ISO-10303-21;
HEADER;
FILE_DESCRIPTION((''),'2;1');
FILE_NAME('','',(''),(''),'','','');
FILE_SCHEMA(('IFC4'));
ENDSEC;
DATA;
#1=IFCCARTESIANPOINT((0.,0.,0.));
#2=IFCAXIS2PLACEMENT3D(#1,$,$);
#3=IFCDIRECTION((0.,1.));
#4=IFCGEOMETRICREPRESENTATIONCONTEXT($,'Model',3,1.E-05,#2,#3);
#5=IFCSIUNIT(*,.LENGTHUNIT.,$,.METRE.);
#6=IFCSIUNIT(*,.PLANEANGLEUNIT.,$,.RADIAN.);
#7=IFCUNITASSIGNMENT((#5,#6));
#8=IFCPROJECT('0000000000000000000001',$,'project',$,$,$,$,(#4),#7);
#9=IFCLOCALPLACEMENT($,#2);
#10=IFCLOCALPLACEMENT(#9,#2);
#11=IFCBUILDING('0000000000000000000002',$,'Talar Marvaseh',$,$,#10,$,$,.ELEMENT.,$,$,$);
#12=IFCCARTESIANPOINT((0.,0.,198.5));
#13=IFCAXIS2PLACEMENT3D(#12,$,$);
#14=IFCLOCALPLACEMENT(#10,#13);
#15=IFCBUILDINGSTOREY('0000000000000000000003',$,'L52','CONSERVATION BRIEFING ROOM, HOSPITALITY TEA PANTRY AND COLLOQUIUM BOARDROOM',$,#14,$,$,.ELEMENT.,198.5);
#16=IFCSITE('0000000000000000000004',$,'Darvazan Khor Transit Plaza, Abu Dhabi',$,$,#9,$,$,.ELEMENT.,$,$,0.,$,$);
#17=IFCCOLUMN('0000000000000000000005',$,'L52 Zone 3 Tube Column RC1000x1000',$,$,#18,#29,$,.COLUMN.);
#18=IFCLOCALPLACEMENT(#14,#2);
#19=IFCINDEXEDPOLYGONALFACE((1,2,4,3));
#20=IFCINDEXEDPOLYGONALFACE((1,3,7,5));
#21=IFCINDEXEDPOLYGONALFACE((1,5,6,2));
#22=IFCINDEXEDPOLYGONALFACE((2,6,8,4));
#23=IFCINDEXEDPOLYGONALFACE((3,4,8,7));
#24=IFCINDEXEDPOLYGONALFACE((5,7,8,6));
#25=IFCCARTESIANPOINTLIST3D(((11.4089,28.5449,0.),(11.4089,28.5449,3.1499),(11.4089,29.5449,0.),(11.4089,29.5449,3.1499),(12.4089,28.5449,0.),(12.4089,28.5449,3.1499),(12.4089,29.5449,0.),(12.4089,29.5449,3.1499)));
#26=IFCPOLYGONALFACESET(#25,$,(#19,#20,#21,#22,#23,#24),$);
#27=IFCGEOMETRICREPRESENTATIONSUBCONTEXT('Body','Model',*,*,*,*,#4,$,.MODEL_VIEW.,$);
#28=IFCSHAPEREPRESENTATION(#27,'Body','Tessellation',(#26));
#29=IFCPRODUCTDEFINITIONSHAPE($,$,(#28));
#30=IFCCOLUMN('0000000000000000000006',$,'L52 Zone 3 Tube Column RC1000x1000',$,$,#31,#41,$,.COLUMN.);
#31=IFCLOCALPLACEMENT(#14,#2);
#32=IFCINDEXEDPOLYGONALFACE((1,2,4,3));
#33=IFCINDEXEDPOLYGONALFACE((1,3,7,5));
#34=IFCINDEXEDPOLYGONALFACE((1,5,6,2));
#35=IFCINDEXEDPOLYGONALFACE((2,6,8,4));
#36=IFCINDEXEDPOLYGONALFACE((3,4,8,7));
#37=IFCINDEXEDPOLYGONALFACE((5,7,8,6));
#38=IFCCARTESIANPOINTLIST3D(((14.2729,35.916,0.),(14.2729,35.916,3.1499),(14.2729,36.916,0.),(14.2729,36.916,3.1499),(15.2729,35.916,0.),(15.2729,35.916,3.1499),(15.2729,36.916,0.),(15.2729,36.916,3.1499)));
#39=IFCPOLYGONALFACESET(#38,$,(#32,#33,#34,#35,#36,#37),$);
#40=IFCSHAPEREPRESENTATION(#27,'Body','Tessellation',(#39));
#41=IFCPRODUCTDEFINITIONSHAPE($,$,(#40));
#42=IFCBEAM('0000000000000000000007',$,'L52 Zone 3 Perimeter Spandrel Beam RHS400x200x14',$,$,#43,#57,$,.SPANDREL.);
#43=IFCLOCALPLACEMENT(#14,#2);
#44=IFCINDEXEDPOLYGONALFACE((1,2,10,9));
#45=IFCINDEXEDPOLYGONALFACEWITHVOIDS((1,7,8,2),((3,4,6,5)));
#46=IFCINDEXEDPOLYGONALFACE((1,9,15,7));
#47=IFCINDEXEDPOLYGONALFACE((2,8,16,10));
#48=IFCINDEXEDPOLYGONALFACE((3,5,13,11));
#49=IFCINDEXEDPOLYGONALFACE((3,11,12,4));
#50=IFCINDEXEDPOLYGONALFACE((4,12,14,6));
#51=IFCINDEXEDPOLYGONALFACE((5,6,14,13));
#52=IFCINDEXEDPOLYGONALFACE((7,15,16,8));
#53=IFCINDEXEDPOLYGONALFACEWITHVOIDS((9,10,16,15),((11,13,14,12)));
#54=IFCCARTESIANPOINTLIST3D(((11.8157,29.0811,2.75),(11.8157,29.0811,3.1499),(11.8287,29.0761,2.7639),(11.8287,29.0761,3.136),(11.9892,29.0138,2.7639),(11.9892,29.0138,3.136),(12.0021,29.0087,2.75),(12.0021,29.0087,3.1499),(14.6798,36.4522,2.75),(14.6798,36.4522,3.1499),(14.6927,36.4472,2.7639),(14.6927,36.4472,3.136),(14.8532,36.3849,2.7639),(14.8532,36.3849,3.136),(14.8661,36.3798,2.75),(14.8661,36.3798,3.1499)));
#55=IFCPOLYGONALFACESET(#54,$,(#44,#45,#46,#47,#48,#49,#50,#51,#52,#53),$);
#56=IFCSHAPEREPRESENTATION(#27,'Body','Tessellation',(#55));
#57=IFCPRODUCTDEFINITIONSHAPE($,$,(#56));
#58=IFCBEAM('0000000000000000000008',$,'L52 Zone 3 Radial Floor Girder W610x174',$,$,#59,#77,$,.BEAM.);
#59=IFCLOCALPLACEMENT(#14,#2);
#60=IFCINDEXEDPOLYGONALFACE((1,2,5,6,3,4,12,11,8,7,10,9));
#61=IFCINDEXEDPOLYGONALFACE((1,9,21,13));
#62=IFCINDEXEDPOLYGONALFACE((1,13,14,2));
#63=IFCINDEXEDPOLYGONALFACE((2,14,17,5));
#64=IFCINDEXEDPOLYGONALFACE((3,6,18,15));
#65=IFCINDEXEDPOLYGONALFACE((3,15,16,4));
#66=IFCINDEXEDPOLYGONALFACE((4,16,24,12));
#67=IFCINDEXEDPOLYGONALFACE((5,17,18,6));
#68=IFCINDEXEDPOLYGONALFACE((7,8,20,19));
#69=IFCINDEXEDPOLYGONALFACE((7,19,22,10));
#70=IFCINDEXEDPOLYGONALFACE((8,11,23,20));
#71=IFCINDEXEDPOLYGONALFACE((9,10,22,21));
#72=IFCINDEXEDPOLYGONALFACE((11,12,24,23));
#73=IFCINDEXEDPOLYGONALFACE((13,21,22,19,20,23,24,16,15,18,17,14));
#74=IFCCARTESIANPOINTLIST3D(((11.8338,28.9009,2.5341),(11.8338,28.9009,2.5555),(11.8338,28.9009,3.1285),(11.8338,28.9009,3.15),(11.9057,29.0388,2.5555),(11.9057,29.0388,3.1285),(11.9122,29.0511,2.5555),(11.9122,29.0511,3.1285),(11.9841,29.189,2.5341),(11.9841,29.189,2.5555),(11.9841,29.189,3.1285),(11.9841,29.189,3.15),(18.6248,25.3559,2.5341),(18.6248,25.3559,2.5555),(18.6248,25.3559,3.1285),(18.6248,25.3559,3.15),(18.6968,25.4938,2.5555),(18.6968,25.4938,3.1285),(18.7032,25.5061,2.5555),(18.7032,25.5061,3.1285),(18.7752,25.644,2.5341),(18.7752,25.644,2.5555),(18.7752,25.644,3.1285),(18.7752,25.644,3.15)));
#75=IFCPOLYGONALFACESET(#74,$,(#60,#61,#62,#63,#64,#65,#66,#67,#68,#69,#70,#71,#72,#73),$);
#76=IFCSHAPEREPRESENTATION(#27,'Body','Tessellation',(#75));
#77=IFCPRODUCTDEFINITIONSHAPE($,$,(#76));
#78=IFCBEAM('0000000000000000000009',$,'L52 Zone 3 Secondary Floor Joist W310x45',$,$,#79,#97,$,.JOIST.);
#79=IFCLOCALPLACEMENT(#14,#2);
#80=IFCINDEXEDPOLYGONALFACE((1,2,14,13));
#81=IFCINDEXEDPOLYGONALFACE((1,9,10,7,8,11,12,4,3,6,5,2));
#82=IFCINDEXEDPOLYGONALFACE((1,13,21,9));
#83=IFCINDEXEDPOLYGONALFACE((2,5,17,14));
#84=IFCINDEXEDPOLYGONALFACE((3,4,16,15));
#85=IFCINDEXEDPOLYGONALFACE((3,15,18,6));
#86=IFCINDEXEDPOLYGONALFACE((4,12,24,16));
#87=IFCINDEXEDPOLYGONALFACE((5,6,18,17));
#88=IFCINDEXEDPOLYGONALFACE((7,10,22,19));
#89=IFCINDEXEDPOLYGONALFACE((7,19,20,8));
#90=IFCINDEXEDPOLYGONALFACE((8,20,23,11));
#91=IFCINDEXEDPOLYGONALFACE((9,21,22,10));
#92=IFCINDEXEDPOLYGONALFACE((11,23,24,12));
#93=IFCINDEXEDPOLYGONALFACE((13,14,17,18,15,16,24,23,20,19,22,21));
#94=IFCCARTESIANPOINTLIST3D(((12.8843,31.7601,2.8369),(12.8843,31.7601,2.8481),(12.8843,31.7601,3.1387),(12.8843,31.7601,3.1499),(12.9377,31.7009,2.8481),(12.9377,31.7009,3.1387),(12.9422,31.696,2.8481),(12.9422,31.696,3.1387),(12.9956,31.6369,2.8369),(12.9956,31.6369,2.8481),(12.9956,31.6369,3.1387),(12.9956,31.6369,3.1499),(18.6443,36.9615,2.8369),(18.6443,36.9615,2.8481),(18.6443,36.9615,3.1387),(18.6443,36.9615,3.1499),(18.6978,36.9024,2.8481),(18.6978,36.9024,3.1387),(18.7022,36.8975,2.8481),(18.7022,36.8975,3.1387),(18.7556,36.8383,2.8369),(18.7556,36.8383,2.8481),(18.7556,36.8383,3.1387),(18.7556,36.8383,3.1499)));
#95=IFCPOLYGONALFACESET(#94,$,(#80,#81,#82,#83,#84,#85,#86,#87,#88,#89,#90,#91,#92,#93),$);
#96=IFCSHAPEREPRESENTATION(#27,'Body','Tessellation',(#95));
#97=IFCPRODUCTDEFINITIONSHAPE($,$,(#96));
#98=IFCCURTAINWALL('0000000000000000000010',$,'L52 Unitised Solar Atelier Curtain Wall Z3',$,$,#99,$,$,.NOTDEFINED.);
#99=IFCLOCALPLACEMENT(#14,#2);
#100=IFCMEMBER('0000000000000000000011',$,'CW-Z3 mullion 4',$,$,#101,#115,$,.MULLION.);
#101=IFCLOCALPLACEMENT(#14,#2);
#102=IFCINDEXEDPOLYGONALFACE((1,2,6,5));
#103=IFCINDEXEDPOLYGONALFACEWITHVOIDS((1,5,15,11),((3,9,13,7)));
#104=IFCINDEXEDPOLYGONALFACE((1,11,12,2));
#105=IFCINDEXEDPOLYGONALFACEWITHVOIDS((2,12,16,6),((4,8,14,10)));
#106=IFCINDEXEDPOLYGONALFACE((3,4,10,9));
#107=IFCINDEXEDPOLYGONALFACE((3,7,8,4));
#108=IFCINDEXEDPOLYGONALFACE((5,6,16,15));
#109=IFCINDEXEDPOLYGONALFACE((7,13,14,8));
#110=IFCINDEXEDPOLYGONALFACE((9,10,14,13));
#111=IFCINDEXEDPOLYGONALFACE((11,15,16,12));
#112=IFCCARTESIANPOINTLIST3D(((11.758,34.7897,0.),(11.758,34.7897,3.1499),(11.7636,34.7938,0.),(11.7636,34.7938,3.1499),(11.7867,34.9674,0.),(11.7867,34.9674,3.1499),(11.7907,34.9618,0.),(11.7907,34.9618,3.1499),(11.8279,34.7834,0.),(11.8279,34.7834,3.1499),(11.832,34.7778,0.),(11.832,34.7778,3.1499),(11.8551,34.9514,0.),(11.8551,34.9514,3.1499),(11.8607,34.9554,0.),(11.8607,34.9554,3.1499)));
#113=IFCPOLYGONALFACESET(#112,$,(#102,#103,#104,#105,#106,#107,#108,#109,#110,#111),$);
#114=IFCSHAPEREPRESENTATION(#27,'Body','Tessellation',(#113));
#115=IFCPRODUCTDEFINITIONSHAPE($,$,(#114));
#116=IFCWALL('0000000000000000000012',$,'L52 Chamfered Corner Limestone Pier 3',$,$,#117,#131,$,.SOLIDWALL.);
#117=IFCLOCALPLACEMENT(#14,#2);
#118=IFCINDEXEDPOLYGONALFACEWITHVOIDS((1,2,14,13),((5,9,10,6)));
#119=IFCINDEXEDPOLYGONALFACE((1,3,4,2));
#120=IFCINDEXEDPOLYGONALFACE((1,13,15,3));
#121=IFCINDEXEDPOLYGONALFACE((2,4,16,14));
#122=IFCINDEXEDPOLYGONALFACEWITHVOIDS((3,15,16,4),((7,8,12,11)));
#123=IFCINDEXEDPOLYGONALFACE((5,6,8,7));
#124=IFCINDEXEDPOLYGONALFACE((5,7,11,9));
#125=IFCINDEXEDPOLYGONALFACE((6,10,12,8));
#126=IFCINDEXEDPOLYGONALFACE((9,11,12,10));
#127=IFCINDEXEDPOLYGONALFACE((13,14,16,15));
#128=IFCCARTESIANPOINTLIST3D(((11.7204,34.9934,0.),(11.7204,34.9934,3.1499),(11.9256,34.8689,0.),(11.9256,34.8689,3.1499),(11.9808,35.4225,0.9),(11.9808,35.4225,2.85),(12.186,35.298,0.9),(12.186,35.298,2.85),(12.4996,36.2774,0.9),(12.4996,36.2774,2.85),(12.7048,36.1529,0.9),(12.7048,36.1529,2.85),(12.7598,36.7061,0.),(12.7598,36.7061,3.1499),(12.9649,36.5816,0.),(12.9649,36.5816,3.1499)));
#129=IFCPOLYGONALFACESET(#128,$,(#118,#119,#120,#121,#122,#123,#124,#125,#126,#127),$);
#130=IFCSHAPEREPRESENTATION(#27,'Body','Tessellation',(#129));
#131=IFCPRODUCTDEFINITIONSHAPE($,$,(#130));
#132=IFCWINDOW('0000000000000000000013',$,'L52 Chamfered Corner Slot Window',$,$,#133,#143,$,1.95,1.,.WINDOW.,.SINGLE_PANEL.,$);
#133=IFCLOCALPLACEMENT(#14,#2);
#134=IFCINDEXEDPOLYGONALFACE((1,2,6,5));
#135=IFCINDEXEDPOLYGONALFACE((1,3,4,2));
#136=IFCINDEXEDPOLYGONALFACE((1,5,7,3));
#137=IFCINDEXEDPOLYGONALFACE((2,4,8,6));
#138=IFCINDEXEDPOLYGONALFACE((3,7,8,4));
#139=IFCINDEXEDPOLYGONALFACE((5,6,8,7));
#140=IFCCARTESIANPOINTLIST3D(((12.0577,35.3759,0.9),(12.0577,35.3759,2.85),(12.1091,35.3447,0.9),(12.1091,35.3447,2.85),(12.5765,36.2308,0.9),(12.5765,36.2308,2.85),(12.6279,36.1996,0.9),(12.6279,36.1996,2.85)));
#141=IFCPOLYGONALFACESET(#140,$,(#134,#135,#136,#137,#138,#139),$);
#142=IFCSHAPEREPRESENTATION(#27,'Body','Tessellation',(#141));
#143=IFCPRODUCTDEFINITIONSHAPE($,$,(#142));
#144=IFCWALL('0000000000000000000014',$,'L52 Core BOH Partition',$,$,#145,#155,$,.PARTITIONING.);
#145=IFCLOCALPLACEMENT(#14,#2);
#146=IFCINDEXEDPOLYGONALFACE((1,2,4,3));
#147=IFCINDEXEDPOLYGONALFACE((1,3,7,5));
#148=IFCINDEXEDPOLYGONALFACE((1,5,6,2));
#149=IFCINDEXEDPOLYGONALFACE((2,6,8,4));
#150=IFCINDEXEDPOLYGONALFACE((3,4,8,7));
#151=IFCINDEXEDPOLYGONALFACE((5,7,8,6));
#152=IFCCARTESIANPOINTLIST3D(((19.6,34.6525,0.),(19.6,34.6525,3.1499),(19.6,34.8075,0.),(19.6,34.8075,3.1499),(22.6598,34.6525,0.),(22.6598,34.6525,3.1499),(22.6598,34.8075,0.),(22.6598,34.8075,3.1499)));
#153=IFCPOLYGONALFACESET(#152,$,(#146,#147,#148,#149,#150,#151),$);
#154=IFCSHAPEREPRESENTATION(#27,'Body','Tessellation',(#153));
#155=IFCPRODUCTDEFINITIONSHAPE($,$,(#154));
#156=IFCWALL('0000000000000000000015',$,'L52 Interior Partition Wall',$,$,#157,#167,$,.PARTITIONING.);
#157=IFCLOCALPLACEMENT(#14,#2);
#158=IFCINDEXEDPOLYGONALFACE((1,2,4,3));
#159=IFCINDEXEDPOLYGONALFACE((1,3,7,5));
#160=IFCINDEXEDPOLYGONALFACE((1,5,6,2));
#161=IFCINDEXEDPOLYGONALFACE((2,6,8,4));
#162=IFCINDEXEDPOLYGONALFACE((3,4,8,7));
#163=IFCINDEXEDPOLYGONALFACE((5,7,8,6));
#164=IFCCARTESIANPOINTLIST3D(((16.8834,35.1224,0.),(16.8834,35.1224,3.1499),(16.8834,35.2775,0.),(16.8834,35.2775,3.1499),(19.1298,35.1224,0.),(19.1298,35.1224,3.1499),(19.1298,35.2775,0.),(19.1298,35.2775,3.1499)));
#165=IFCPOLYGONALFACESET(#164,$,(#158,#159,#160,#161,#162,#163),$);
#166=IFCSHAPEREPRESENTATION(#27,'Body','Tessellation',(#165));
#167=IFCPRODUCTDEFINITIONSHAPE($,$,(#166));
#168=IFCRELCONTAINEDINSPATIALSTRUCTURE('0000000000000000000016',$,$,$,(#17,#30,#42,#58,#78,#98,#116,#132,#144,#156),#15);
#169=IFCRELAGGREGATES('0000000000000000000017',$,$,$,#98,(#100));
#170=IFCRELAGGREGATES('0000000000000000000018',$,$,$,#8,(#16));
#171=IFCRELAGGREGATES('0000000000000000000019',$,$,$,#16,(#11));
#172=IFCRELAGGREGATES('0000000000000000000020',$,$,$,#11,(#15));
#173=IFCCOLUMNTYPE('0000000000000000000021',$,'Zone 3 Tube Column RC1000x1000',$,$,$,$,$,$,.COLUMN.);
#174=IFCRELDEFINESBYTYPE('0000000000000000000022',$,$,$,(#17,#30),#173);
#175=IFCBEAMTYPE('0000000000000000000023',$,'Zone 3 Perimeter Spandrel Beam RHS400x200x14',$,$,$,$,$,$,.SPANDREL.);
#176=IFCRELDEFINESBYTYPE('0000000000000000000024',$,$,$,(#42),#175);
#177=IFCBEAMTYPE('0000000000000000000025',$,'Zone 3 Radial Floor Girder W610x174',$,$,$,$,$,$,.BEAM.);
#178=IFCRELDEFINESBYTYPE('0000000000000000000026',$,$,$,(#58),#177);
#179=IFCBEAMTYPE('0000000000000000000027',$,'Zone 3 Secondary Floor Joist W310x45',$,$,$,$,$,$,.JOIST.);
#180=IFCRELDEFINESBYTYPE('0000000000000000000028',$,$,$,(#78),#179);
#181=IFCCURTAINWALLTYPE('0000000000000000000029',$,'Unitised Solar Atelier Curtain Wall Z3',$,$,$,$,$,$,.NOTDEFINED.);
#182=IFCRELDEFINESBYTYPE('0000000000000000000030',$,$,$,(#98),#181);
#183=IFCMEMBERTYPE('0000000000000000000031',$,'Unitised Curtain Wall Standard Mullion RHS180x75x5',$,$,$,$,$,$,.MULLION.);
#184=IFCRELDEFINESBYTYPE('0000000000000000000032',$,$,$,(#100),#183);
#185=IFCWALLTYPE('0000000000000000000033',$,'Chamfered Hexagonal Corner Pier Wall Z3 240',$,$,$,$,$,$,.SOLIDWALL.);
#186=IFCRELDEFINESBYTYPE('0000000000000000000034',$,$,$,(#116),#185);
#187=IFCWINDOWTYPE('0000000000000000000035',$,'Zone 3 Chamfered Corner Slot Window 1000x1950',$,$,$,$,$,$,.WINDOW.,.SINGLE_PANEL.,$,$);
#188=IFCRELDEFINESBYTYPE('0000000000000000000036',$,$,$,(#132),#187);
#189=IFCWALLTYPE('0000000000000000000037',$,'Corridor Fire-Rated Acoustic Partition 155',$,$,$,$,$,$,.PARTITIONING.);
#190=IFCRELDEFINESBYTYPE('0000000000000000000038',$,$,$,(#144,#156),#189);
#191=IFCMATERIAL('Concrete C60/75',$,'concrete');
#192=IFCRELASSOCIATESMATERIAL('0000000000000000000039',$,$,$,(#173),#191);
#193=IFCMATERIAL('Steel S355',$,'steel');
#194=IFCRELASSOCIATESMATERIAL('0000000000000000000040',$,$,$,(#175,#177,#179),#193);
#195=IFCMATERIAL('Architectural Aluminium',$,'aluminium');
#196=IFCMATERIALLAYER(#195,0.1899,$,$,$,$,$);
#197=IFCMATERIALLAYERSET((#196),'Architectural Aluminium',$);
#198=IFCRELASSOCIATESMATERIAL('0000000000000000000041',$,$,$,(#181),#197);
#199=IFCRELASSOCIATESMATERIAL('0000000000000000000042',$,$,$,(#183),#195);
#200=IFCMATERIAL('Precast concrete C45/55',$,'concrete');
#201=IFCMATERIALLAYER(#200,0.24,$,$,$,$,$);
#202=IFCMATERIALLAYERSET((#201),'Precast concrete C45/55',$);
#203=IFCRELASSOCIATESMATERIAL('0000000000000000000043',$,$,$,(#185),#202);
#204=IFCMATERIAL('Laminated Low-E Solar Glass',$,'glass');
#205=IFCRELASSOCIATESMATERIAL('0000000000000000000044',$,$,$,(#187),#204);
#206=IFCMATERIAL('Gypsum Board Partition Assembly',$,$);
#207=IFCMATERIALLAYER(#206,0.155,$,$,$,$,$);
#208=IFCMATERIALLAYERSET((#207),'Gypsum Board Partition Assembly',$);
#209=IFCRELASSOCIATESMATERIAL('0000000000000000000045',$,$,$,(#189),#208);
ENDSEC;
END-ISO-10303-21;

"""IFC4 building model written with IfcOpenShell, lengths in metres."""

from ifc_helpers import new_model, si_unit, direction, frame, frame_2d, origin, origin_2d, place, context, subcontext, project, spatial, rectangle, hollow_rectangle, i_section, extrude, source, transform, mapped, material, layer, layer_set, material_profile, profile_set, type_object, type_shapes, element, fill, aggregate, save


model = new_model("IFC4")

# Units and contexts
model_context = context("Model", 3, precision=1e-05, world=origin(), true_north=direction((0.0, 1.0)))
body_context = subcontext(model_context, "Body", "Model", "MODEL_VIEW")
ifc_project = project(units=[si_unit("LENGTHUNIT", "METRE"), si_unit("PLANEANGLEUNIT", "RADIAN")], contexts=[model_context])

# Site, building, storey
site_placement = place(None, origin())
site = spatial("IfcSite", under=ifc_project, at=site_placement, Name="Darvazan Khor Transit Plaza, Abu Dhabi", CompositionType="ELEMENT", RefElevation=0.0)
building_placement = place(site_placement, origin())
building = spatial("IfcBuilding", under=site, at=building_placement, Name="Talar Marvaseh", CompositionType="ELEMENT")
storey_placement = place(building_placement, frame((0.0, 0.0, 198.5)))
storey = spatial("IfcBuildingStorey", under=building, at=storey_placement, Name="L52", Description="CONSERVATION BRIEFING ROOM, HOSPITALITY TEA PANTRY AND COLLOQUIUM BOARDROOM", CompositionType="ELEMENT", Elevation=198.5)

# Columns
ifc_material_1 = material(Name="Concrete C60/75", Category="concrete")
ifc_material_profile_1 = material_profile(ifc_material_1, rectangle(XDim=1.0, YDim=1.0, at=origin_2d()), Name="RC1000x1000")
ifc_profile_set_1 = profile_set([ifc_material_profile_1], Name="Concrete C60/75")
column_type = type_object("IfcColumnType", Name="Zone 3 Tube Column RC1000x1000", PredefinedType="COLUMN", material=ifc_profile_set_1)
for number, where, z_axis, x_axis, name in (
    (1, (11.9089, 29.0449, 0.0), (0.0, 0.0, 1.0), (1.0, 0.0, 0.0), "L52 Zone 3 Tube Column RC1000x1000"),
    (2, (14.7729, 36.416, 0.0), (0.0, 0.0, 1.0), (1.0, 0.0, 0.0), "L52 Zone 3 Tube Column RC1000x1000"),
):
    element("IfcColumn", number, at=place(storey_placement, frame(where, z_axis=z_axis, x_axis=x_axis)), inside=storey, type_object=column_type, Name=name, PredefinedType="COLUMN", context=body_context, shape_type="SweptSolid", body=[
        extrude(rectangle(XDim=1.0, YDim=1.0, at=origin_2d()), origin(), (0.0, 0.0, 1.0), 3.1499),
    ])

# Beams
ifc_material_2 = material(Name="Steel S355", Category="steel")
ifc_material_profile_2 = material_profile(ifc_material_2, hollow_rectangle(XDim=0.2, YDim=0.3999, WallThickness=0.0139, at=origin_2d()), Name="RHS400x200x14")
ifc_profile_set_2 = profile_set([ifc_material_profile_2], Name="Steel S355")
beam_type_1 = type_object("IfcBeamType", Name="Zone 3 Perimeter Spandrel Beam RHS400x200x14", PredefinedType="SPANDREL", material=ifc_profile_set_2)
beam_1_placement = place(storey_placement, frame((11.9089, 29.0449, 2.95), z_axis=(0.362169, 0.932112, 0.0), x_axis=(-0.932112, 0.362169, 0.0)))
element("IfcBeam", 3, at=beam_1_placement, inside=storey, type_object=beam_type_1, Name="L52 Zone 3 Perimeter Spandrel Beam RHS400x200x14", PredefinedType="SPANDREL", context=body_context, shape_type="SweptSolid", body=[
    extrude(hollow_rectangle(XDim=0.2, YDim=0.3999, WallThickness=0.0139, at=origin_2d()), origin(), (0.0, 0.0, 1.0), 7.908),
])
ifc_material_profile_3 = material_profile(ifc_material_2, i_section(OverallWidth=0.325, OverallDepth=0.616, WebThickness=0.0139, FlangeThickness=0.0215, at=origin_2d()), Name="W610x174")
ifc_profile_set_3 = profile_set([ifc_material_profile_3], Name="Steel S355")
beam_type_2 = type_object("IfcBeamType", Name="Zone 3 Radial Floor Girder W610x174", PredefinedType="BEAM", material=ifc_profile_set_3)
beam_2_placement = place(storey_placement, frame((11.9089, 29.0449, 2.842), z_axis=(0.886489, -0.462749, 0.0), x_axis=(0.462749, 0.886489, 0.0)))
element("IfcBeam", 4, at=beam_2_placement, inside=storey, type_object=beam_type_2, Name="L52 Zone 3 Radial Floor Girder W610x174", PredefinedType="BEAM", context=body_context, shape_type="SweptSolid", body=[
    extrude(i_section(OverallWidth=0.325, OverallDepth=0.616, WebThickness=0.0139, FlangeThickness=0.0215, at=origin_2d()), origin(), (0.0, 0.0, 1.0), 7.6606),
])
ifc_material_profile_4 = material_profile(ifc_material_2, i_section(OverallWidth=0.166, OverallDepth=0.313, WebThickness=0.0066, FlangeThickness=0.0112, at=origin_2d()), Name="W310x45")
ifc_profile_set_4 = profile_set([ifc_material_profile_4], Name="Steel S355")
beam_type_3 = type_object("IfcBeamType", Name="Zone 3 Secondary Floor Joist W310x45", PredefinedType="JOIST", material=ifc_profile_set_4)
beam_3_placement = place(storey_placement, frame((12.9399, 31.6985, 2.9934), z_axis=(0.742178, 0.670203, 0.0), x_axis=(-0.670203, 0.742178, 0.0)))
element("IfcBeam", 5, at=beam_3_placement, inside=storey, type_object=beam_type_3, Name="L52 Zone 3 Secondary Floor Joist W310x45", PredefinedType="JOIST", context=body_context, shape_type="SweptSolid", body=[
    extrude(i_section(OverallWidth=0.166, OverallDepth=0.313, WebThickness=0.0066, FlangeThickness=0.0112, at=origin_2d()), origin(), (0.0, 0.0, 1.0), 7.761),
])

# Curtain wall, member
ifc_material_3 = material(Name="Architectural Aluminium", Category="aluminium")
ifc_layer_1 = layer(ifc_material_3, 0.1899)
ifc_layer_set_1 = layer_set([ifc_layer_1], Name="Architectural Aluminium")
curtain_wall_type = type_object("IfcCurtainWallType", Name="Unitised Solar Atelier Curtain Wall Z3", PredefinedType="NOTDEFINED", material=ifc_layer_set_1)
curtain_wall_placement = place(storey_placement, origin())
curtain_wall = element("IfcCurtainWall", 6, at=curtain_wall_placement, inside=storey, type_object=curtain_wall_type, Name="L52 Unitised Solar Atelier Curtain Wall Z3", PredefinedType="NOTDEFINED")
ifc_material_profile_5 = material_profile(ifc_material_3, hollow_rectangle(XDim=0.075, YDim=0.1799, WallThickness=0.0049, at=origin_2d()), Name="RHS180x75x5")
ifc_profile_set_5 = profile_set([ifc_material_profile_5], Name="Architectural Aluminium")
member_type = type_object("IfcMemberType", Name="Unitised Curtain Wall Standard Mullion RHS180x75x5", PredefinedType="MULLION", material=ifc_profile_set_5)
shared_shape_1 = source(origin(), body_context, "Body", "SweptSolid", [
    extrude(hollow_rectangle(XDim=0.075, YDim=0.1799, WallThickness=0.0049, at=origin_2d()), origin(), (0.0, 0.0, 1.0), 3.1499),
])
type_shapes(member_type, [shared_shape_1])
member_placement = place(storey_placement, frame((11.8093, 34.8726, 0.0), z_axis=(0.0, 0.0, 1.0), x_axis=(-0.987186, 0.159572, 0.0)))
member = element("IfcMember", 7, at=member_placement, type_object=member_type, Name="CW-Z3 mullion 4", PredefinedType="MULLION", context=body_context, shape_type="MappedRepresentation", body=[
    mapped(shared_shape_1, transform((0.0, 0.0, 0.0), x_axis=(1.0, 0.0, 0.0), y_axis=(0.0, 1.0, 0.0), z_axis=(0.0, 0.0, 1.0), scale=1.0)),
])
aggregate(curtain_wall, [member])

# Wall, opening, window
ifc_material_4 = material(Name="Precast concrete C45/55", Category="concrete")
ifc_layer_2 = layer(ifc_material_4, 0.24)
ifc_layer_set_2 = layer_set([ifc_layer_2], Name="Precast concrete C45/55")
wall_type_1 = type_object("IfcWallType", Name="Chamfered Hexagonal Corner Pier Wall Z3 240", PredefinedType="SOLIDWALL", material=ifc_layer_set_2)
wall_1_placement = place(storey_placement, frame((11.823, 34.9312, 0.0), z_axis=(0.0, 0.0, 1.0), x_axis=(0.51879, 0.854901, 0.0)))
wall_1 = element("IfcWall", 8, at=wall_1_placement, inside=storey, type_object=wall_type_1, Name="L52 Chamfered Corner Limestone Pier 3", PredefinedType="SOLIDWALL", context=body_context, shape_type="SweptSolid", body=[
    extrude(rectangle(XDim=2.0034, YDim=0.24, at=frame_2d((1.0017, 0.0))), origin(), (0.0, 0.0, 1.0), 3.1499),
])
opening_placement = place(wall_1_placement, frame((0.502, 0.0, 0.8999)))
opening = element("IfcOpeningElement", 9, at=opening_placement, cuts=wall_1, PredefinedType="OPENING", context=body_context, shape_type="SweptSolid", body=[
    extrude(rectangle(XDim=1.0, YDim=1.95, at=frame_2d((0.5, 0.9751))), frame((0.0, 0.1299, 0.0), z_axis=(0.0, -1.0, 0.0), x_axis=(1.0, 0.0, 0.0)), (0.0, 0.0, 1.0), 0.26),
])
ifc_material_5 = material(Name="Laminated Low-E Solar Glass", Category="glass")
window_type = type_object("IfcWindowType", Name="Zone 3 Chamfered Corner Slot Window 1000x1950", PartitioningType="SINGLE_PANEL", PredefinedType="WINDOW", material=ifc_material_5)
shared_shape_2 = source(origin(), body_context, "Body", "SweptSolid", [
    extrude(rectangle(XDim=1.0, YDim=1.95, at=frame_2d((0.5, 0.9751))), frame((0.0, 0.03, 0.0), z_axis=(0.0, -1.0, 0.0), x_axis=(1.0, 0.0, 0.0)), (0.0, 0.0, 1.0), 0.0601),
])
type_shapes(window_type, [shared_shape_2])
window_placement = place(opening_placement, origin())
window = element("IfcWindow", 10, at=window_placement, inside=storey, type_object=window_type, Name="L52 Chamfered Corner Slot Window", OverallHeight=1.95, OverallWidth=1.0, PartitioningType="SINGLE_PANEL", PredefinedType="WINDOW", context=body_context, shape_type="MappedRepresentation", body=[
    mapped(shared_shape_2, transform((0.0, 0.0, 0.0), x_axis=(1.0, 0.0, 0.0), y_axis=(0.0, 1.0, 0.0), z_axis=(0.0, 0.0, 1.0), scale=1.0)),
])
fill(opening, window)

# Walls
ifc_material_6 = material(Name="Gypsum Board Partition Assembly")
ifc_layer_3 = layer(ifc_material_6, 0.155)
ifc_layer_set_3 = layer_set([ifc_layer_3], Name="Gypsum Board Partition Assembly")
wall_type_2 = type_object("IfcWallType", Name="Corridor Fire-Rated Acoustic Partition 155", PredefinedType="PARTITIONING", material=ifc_layer_set_3)
wall_2_placement = place(storey_placement, frame((19.6001, 34.73, 0.0), z_axis=(0.0, 0.0, 1.0), x_axis=(1.0, 0.0, 0.0)))
element("IfcWall", 11, at=wall_2_placement, inside=storey, type_object=wall_type_2, Name="L52 Core BOH Partition", PredefinedType="PARTITIONING", context=body_context, shape_type="SweptSolid", body=[
    extrude(rectangle(XDim=3.0598, YDim=0.155, at=frame_2d((1.5298, 0.0))), origin(), (0.0, 0.0, 1.0), 3.1499),
])
wall_3_placement = place(storey_placement, frame((16.8835, 35.2, 0.0), z_axis=(0.0, 0.0, 1.0), x_axis=(1.0, 0.0, 0.0)))
element("IfcWall", 12, at=wall_3_placement, inside=storey, type_object=wall_type_2, Name="L52 Interior Partition Wall", PredefinedType="PARTITIONING", context=body_context, shape_type="SweptSolid", body=[
    extrude(rectangle(XDim=2.2463, YDim=0.155, at=frame_2d((1.123, 0.0))), origin(), (0.0, 0.0, 1.0), 3.1499),
])

save(model, "model.ifc")
